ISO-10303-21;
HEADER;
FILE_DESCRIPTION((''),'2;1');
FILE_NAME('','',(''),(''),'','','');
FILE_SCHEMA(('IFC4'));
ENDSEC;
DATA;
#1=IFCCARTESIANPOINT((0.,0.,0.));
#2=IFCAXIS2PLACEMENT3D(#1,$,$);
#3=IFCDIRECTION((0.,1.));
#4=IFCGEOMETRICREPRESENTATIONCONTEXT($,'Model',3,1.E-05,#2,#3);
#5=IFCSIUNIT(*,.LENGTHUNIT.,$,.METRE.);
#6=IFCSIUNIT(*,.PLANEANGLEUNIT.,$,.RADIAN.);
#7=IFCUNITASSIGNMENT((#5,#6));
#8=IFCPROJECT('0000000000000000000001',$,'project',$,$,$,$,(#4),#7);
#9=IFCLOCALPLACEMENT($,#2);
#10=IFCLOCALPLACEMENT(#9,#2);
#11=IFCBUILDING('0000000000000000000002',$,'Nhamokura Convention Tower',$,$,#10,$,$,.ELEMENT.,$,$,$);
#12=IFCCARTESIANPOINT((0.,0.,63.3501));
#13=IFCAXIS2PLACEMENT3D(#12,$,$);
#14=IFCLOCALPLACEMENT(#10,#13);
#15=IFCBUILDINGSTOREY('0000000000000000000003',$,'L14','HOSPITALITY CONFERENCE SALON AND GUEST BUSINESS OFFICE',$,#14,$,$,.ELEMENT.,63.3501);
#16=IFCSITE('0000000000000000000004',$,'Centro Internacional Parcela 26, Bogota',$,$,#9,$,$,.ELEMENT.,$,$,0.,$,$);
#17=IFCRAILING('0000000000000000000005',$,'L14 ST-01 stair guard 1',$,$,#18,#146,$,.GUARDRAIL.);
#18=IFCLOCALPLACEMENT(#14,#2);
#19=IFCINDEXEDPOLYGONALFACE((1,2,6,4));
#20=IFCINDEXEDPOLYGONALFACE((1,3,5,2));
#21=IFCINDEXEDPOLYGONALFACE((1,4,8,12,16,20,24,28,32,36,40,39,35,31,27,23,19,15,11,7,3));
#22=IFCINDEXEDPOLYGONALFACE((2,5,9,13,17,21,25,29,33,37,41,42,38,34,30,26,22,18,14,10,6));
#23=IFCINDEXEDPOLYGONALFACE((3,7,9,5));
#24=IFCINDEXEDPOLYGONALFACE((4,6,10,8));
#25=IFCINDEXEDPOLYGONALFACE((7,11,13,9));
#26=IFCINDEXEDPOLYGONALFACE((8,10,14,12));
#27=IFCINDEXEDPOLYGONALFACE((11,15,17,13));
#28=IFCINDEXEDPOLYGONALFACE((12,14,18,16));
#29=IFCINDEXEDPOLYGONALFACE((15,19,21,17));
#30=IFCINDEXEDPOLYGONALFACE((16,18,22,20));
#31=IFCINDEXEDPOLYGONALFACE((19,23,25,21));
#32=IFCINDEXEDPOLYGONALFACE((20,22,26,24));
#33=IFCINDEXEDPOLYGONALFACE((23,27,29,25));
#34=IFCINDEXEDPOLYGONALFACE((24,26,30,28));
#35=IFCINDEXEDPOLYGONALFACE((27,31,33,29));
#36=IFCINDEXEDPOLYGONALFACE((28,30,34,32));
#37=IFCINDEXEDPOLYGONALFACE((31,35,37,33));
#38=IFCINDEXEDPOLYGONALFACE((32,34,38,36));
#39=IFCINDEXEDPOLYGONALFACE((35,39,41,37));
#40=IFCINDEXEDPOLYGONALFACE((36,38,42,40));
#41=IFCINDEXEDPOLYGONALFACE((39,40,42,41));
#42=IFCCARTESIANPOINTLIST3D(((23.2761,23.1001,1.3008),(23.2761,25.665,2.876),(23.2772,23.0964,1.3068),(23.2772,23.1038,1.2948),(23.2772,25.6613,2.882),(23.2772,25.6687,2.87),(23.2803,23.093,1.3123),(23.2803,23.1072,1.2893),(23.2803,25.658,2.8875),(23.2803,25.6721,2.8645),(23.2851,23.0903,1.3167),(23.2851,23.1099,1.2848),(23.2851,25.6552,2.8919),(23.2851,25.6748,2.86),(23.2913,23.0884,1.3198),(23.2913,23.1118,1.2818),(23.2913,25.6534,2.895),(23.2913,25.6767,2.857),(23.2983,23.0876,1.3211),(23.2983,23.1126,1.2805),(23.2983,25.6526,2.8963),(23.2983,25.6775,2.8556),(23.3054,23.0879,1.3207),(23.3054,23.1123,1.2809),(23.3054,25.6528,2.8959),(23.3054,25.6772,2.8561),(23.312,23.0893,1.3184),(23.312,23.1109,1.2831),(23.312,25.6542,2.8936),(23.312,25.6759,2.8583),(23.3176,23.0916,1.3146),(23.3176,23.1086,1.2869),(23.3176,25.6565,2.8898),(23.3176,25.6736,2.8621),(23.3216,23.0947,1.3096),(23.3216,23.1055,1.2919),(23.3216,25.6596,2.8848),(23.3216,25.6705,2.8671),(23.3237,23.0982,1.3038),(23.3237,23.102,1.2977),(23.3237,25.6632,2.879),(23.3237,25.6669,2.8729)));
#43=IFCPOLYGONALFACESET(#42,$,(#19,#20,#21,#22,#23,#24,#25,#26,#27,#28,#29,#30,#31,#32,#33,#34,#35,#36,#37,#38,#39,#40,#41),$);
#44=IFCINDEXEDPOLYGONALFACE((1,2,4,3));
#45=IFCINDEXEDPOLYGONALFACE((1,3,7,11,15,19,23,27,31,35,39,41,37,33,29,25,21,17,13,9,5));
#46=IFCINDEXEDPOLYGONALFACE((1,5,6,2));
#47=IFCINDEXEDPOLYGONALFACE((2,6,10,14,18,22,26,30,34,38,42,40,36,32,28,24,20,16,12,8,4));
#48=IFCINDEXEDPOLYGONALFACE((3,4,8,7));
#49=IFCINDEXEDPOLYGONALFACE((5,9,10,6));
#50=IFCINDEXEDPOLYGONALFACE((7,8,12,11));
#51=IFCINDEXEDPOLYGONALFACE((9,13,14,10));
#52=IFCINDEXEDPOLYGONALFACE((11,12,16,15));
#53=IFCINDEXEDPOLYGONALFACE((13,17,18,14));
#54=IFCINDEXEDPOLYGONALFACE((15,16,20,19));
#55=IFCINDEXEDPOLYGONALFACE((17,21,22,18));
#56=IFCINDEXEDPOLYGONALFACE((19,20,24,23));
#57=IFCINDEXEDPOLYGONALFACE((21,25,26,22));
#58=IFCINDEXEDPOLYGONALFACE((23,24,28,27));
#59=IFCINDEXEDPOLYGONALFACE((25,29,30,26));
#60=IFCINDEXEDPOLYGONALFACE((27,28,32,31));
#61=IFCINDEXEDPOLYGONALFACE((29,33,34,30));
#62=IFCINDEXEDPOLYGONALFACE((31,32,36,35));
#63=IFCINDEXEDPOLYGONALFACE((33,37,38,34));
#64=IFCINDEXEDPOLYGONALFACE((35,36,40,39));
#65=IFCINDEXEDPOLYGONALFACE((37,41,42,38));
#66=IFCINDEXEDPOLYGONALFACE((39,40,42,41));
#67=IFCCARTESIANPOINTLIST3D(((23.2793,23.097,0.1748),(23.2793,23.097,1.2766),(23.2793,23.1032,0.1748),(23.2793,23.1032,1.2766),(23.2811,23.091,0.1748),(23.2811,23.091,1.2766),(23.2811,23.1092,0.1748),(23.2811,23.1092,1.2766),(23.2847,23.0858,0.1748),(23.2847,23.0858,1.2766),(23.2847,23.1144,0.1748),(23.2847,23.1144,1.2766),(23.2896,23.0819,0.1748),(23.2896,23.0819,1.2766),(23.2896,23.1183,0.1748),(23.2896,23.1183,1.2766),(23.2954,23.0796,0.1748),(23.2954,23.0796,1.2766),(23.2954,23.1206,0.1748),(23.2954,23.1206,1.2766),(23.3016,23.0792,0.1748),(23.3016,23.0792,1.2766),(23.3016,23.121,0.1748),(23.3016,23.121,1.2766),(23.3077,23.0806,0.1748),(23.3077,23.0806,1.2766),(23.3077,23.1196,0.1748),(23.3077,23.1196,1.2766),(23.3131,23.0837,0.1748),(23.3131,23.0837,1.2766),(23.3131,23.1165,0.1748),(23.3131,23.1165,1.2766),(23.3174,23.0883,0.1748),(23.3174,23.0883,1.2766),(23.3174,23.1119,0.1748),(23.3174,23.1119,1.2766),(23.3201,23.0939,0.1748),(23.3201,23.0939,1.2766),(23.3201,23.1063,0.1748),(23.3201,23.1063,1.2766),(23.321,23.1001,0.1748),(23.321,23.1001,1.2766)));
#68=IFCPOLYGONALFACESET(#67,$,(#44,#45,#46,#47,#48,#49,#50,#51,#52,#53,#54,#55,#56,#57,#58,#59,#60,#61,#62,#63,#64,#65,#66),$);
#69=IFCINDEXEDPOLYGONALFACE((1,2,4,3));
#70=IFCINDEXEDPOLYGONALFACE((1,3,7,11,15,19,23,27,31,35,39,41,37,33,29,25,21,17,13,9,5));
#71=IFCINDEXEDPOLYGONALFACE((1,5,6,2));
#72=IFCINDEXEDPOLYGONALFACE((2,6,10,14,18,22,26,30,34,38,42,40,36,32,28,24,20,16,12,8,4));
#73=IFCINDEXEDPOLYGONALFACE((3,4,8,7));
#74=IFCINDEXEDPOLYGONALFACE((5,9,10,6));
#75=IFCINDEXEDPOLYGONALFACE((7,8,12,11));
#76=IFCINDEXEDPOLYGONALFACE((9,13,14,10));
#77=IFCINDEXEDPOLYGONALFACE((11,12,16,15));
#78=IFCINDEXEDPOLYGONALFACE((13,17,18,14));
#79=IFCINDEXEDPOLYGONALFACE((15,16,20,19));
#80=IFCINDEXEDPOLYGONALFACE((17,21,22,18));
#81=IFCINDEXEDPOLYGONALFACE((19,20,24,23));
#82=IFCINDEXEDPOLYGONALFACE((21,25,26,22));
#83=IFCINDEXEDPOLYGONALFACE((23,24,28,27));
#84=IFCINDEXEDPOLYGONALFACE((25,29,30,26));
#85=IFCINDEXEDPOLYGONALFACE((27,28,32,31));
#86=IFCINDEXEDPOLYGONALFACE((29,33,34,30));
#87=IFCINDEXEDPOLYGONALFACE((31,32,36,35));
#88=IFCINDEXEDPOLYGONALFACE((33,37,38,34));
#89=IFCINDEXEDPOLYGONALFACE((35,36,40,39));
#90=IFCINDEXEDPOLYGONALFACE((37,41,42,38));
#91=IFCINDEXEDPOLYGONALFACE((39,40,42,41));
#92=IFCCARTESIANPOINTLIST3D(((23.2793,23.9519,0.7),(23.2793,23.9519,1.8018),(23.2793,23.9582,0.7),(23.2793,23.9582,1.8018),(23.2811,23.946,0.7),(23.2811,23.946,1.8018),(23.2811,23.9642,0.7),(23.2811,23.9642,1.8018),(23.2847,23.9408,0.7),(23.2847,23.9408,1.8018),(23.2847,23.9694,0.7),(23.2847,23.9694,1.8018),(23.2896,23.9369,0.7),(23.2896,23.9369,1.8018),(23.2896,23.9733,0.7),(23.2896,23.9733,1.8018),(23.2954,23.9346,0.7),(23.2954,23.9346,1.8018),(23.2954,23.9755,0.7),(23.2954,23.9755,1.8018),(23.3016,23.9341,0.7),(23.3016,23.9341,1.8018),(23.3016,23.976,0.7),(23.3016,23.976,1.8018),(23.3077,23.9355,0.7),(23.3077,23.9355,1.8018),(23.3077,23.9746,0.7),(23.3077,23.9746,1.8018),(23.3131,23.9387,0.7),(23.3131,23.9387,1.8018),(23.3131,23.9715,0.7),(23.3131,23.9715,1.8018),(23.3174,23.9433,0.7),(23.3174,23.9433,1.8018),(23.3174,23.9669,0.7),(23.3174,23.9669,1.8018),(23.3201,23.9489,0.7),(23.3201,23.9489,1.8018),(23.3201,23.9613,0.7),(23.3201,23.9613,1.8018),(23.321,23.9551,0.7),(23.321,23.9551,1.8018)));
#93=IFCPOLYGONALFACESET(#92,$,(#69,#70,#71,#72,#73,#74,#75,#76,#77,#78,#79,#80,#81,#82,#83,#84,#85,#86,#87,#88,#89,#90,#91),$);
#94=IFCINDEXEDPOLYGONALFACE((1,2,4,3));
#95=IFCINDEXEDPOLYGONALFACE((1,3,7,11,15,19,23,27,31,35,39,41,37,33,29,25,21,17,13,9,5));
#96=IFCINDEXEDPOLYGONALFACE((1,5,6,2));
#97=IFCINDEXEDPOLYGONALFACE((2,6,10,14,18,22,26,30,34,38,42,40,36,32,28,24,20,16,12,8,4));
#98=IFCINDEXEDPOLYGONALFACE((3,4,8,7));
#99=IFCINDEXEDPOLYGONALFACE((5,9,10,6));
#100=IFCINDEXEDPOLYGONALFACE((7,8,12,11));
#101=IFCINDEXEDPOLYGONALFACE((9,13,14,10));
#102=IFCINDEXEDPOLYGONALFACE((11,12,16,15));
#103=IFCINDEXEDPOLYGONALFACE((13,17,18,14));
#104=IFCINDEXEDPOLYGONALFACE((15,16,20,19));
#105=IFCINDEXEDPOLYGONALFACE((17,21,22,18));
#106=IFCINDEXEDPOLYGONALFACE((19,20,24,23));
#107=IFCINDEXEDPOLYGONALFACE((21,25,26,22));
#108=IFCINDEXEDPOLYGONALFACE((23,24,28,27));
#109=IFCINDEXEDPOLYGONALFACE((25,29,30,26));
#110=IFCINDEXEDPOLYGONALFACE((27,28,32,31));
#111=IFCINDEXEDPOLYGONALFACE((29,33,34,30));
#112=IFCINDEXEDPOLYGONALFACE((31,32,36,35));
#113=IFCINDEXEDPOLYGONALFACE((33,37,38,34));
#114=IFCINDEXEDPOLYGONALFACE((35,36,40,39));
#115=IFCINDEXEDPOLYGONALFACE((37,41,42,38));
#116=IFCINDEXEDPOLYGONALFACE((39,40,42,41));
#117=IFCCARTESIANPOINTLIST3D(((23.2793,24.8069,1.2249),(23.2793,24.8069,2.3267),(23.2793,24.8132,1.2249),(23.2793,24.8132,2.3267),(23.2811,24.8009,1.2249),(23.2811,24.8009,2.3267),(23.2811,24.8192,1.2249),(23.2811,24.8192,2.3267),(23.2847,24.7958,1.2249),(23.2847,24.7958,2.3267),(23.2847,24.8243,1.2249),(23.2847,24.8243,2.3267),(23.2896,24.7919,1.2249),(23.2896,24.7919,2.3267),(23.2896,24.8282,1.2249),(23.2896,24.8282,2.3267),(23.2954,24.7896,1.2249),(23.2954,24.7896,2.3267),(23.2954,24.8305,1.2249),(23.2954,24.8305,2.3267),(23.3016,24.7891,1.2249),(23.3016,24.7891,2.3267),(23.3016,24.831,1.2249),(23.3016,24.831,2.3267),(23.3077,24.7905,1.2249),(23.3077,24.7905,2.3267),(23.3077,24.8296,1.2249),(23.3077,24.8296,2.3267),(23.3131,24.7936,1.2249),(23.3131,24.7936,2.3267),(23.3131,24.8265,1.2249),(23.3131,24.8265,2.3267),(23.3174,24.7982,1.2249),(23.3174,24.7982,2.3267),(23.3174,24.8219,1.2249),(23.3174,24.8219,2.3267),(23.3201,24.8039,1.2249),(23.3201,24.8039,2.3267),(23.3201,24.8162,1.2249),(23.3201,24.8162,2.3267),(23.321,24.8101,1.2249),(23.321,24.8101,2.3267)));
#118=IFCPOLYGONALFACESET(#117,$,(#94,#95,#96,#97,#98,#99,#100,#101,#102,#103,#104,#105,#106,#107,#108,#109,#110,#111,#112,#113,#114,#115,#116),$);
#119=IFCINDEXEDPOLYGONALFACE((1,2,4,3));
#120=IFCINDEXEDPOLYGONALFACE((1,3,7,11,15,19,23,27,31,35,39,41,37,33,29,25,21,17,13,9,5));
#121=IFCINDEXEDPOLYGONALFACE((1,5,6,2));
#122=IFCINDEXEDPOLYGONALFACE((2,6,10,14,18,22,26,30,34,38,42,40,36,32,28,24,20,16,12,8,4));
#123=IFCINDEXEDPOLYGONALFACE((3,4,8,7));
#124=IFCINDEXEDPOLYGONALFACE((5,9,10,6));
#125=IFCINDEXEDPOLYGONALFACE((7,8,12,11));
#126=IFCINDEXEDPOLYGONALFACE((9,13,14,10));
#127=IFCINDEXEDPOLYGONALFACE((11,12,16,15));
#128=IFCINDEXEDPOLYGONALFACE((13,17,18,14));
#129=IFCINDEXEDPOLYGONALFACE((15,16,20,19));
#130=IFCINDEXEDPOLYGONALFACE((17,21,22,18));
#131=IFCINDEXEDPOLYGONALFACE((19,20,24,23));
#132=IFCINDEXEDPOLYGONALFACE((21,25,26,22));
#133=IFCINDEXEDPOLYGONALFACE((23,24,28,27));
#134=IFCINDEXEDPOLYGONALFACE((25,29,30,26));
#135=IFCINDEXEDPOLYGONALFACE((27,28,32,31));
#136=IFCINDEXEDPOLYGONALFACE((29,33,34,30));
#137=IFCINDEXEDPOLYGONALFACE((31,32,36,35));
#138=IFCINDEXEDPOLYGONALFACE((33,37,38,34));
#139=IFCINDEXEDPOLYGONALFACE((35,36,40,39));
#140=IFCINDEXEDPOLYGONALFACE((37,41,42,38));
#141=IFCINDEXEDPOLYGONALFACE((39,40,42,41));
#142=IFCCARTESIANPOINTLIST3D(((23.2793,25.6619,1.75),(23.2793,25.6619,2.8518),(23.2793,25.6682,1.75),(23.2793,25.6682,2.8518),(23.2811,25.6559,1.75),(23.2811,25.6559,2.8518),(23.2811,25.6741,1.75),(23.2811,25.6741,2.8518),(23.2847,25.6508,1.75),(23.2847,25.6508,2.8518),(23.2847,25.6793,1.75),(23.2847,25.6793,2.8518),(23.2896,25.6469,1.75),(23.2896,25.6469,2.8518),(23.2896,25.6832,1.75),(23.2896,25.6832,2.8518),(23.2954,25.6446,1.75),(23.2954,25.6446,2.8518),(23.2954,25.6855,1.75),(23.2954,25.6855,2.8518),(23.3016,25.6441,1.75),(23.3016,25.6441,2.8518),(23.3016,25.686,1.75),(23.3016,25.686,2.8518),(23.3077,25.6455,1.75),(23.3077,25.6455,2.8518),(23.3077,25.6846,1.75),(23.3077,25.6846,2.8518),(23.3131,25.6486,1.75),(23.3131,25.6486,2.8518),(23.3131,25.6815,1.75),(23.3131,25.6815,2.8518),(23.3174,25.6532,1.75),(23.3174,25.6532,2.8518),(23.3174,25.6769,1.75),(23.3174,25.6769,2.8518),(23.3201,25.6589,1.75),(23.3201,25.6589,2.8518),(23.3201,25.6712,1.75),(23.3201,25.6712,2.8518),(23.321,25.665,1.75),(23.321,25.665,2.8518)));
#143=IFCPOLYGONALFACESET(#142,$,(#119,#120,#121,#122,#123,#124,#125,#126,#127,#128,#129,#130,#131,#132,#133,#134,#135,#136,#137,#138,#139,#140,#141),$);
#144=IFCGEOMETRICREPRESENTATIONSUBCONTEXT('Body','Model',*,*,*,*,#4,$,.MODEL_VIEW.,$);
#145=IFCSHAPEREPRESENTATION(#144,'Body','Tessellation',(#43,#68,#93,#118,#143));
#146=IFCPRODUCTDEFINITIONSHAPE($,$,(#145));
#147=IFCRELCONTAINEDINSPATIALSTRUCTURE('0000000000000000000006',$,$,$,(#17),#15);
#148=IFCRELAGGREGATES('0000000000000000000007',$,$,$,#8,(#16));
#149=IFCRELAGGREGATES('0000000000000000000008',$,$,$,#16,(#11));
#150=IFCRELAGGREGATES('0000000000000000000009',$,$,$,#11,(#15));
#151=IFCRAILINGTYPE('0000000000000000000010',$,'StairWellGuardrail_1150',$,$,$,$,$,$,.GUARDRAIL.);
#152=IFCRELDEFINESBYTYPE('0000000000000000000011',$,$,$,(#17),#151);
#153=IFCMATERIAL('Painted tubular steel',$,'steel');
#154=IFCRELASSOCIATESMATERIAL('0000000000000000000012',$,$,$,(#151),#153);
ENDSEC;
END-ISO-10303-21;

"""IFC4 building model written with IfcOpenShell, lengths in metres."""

from ifc_helpers import new_model, si_unit, direction, frame, origin, origin_2d, place, context, subcontext, project, spatial, circle, extrude, material, type_object, element, save


model = new_model("IFC4")

# Units and contexts
model_context = context("Model", 3, precision=1e-05, world=origin(), true_north=direction((0.0, 1.0)))
body_context = subcontext(model_context, "Body", "Model", "MODEL_VIEW")
ifc_project = project(units=[si_unit("LENGTHUNIT", "METRE"), si_unit("PLANEANGLEUNIT", "RADIAN")], contexts=[model_context])

# Site, building, storey
site_placement = place(None, origin())
site = spatial("IfcSite", under=ifc_project, at=site_placement, Name="Centro Internacional Parcela 26, Bogota", CompositionType="ELEMENT", RefElevation=0.0)
building_placement = place(site_placement, origin())
building = spatial("IfcBuilding", under=site, at=building_placement, Name="Nhamokura Convention Tower", CompositionType="ELEMENT")
storey_placement = place(building_placement, frame((0.0, 0.0, 63.3501)))
storey = spatial("IfcBuildingStorey", under=building, at=storey_placement, Name="L14", Description="HOSPITALITY CONFERENCE SALON AND GUEST BUSINESS OFFICE", CompositionType="ELEMENT", Elevation=63.3501)

# Railing
ifc_material_1 = material(Name="Painted tubular steel", Category="steel")
railing_type_1 = type_object("IfcRailingType", Name="StairWellGuardrail_1150", PredefinedType="GUARDRAIL", material=ifc_material_1)
railing_1_placement = place(storey_placement, frame((23.3, 23.1001, 0.1748)))
element("IfcRailing", 1, at=railing_1_placement, inside=storey, type_object=railing_type_1, Name="L14 ST-01 stair guard 1", PredefinedType="GUARDRAIL", context=body_context, shape_type="SweptSolid", body=[
    extrude(circle(Radius=0.0239, at=origin_2d()), frame((0.0, 0.0, 1.126), z_axis=(0.0, 0.852137, 0.523319), x_axis=(-1.0, 0.0, 0.0)), (0.0, 0.0, 1.0), 3.01),
    extrude(circle(Radius=0.021, at=origin_2d()), origin(), (0.0, 0.0, 1.0), 1.1018),
    extrude(circle(Radius=0.021, at=origin_2d()), frame((0.0, 0.855, 0.5251)), (0.0, 0.0, 1.0), 1.1018),
    extrude(circle(Radius=0.021, at=origin_2d()), frame((0.0, 1.71, 1.05)), (0.0, 0.0, 1.0), 1.1018),
    extrude(circle(Radius=0.021, at=origin_2d()), frame((0.0, 2.5649, 1.5752)), (0.0, 0.0, 1.0), 1.1018),
])

save(model, "model.ifc")
